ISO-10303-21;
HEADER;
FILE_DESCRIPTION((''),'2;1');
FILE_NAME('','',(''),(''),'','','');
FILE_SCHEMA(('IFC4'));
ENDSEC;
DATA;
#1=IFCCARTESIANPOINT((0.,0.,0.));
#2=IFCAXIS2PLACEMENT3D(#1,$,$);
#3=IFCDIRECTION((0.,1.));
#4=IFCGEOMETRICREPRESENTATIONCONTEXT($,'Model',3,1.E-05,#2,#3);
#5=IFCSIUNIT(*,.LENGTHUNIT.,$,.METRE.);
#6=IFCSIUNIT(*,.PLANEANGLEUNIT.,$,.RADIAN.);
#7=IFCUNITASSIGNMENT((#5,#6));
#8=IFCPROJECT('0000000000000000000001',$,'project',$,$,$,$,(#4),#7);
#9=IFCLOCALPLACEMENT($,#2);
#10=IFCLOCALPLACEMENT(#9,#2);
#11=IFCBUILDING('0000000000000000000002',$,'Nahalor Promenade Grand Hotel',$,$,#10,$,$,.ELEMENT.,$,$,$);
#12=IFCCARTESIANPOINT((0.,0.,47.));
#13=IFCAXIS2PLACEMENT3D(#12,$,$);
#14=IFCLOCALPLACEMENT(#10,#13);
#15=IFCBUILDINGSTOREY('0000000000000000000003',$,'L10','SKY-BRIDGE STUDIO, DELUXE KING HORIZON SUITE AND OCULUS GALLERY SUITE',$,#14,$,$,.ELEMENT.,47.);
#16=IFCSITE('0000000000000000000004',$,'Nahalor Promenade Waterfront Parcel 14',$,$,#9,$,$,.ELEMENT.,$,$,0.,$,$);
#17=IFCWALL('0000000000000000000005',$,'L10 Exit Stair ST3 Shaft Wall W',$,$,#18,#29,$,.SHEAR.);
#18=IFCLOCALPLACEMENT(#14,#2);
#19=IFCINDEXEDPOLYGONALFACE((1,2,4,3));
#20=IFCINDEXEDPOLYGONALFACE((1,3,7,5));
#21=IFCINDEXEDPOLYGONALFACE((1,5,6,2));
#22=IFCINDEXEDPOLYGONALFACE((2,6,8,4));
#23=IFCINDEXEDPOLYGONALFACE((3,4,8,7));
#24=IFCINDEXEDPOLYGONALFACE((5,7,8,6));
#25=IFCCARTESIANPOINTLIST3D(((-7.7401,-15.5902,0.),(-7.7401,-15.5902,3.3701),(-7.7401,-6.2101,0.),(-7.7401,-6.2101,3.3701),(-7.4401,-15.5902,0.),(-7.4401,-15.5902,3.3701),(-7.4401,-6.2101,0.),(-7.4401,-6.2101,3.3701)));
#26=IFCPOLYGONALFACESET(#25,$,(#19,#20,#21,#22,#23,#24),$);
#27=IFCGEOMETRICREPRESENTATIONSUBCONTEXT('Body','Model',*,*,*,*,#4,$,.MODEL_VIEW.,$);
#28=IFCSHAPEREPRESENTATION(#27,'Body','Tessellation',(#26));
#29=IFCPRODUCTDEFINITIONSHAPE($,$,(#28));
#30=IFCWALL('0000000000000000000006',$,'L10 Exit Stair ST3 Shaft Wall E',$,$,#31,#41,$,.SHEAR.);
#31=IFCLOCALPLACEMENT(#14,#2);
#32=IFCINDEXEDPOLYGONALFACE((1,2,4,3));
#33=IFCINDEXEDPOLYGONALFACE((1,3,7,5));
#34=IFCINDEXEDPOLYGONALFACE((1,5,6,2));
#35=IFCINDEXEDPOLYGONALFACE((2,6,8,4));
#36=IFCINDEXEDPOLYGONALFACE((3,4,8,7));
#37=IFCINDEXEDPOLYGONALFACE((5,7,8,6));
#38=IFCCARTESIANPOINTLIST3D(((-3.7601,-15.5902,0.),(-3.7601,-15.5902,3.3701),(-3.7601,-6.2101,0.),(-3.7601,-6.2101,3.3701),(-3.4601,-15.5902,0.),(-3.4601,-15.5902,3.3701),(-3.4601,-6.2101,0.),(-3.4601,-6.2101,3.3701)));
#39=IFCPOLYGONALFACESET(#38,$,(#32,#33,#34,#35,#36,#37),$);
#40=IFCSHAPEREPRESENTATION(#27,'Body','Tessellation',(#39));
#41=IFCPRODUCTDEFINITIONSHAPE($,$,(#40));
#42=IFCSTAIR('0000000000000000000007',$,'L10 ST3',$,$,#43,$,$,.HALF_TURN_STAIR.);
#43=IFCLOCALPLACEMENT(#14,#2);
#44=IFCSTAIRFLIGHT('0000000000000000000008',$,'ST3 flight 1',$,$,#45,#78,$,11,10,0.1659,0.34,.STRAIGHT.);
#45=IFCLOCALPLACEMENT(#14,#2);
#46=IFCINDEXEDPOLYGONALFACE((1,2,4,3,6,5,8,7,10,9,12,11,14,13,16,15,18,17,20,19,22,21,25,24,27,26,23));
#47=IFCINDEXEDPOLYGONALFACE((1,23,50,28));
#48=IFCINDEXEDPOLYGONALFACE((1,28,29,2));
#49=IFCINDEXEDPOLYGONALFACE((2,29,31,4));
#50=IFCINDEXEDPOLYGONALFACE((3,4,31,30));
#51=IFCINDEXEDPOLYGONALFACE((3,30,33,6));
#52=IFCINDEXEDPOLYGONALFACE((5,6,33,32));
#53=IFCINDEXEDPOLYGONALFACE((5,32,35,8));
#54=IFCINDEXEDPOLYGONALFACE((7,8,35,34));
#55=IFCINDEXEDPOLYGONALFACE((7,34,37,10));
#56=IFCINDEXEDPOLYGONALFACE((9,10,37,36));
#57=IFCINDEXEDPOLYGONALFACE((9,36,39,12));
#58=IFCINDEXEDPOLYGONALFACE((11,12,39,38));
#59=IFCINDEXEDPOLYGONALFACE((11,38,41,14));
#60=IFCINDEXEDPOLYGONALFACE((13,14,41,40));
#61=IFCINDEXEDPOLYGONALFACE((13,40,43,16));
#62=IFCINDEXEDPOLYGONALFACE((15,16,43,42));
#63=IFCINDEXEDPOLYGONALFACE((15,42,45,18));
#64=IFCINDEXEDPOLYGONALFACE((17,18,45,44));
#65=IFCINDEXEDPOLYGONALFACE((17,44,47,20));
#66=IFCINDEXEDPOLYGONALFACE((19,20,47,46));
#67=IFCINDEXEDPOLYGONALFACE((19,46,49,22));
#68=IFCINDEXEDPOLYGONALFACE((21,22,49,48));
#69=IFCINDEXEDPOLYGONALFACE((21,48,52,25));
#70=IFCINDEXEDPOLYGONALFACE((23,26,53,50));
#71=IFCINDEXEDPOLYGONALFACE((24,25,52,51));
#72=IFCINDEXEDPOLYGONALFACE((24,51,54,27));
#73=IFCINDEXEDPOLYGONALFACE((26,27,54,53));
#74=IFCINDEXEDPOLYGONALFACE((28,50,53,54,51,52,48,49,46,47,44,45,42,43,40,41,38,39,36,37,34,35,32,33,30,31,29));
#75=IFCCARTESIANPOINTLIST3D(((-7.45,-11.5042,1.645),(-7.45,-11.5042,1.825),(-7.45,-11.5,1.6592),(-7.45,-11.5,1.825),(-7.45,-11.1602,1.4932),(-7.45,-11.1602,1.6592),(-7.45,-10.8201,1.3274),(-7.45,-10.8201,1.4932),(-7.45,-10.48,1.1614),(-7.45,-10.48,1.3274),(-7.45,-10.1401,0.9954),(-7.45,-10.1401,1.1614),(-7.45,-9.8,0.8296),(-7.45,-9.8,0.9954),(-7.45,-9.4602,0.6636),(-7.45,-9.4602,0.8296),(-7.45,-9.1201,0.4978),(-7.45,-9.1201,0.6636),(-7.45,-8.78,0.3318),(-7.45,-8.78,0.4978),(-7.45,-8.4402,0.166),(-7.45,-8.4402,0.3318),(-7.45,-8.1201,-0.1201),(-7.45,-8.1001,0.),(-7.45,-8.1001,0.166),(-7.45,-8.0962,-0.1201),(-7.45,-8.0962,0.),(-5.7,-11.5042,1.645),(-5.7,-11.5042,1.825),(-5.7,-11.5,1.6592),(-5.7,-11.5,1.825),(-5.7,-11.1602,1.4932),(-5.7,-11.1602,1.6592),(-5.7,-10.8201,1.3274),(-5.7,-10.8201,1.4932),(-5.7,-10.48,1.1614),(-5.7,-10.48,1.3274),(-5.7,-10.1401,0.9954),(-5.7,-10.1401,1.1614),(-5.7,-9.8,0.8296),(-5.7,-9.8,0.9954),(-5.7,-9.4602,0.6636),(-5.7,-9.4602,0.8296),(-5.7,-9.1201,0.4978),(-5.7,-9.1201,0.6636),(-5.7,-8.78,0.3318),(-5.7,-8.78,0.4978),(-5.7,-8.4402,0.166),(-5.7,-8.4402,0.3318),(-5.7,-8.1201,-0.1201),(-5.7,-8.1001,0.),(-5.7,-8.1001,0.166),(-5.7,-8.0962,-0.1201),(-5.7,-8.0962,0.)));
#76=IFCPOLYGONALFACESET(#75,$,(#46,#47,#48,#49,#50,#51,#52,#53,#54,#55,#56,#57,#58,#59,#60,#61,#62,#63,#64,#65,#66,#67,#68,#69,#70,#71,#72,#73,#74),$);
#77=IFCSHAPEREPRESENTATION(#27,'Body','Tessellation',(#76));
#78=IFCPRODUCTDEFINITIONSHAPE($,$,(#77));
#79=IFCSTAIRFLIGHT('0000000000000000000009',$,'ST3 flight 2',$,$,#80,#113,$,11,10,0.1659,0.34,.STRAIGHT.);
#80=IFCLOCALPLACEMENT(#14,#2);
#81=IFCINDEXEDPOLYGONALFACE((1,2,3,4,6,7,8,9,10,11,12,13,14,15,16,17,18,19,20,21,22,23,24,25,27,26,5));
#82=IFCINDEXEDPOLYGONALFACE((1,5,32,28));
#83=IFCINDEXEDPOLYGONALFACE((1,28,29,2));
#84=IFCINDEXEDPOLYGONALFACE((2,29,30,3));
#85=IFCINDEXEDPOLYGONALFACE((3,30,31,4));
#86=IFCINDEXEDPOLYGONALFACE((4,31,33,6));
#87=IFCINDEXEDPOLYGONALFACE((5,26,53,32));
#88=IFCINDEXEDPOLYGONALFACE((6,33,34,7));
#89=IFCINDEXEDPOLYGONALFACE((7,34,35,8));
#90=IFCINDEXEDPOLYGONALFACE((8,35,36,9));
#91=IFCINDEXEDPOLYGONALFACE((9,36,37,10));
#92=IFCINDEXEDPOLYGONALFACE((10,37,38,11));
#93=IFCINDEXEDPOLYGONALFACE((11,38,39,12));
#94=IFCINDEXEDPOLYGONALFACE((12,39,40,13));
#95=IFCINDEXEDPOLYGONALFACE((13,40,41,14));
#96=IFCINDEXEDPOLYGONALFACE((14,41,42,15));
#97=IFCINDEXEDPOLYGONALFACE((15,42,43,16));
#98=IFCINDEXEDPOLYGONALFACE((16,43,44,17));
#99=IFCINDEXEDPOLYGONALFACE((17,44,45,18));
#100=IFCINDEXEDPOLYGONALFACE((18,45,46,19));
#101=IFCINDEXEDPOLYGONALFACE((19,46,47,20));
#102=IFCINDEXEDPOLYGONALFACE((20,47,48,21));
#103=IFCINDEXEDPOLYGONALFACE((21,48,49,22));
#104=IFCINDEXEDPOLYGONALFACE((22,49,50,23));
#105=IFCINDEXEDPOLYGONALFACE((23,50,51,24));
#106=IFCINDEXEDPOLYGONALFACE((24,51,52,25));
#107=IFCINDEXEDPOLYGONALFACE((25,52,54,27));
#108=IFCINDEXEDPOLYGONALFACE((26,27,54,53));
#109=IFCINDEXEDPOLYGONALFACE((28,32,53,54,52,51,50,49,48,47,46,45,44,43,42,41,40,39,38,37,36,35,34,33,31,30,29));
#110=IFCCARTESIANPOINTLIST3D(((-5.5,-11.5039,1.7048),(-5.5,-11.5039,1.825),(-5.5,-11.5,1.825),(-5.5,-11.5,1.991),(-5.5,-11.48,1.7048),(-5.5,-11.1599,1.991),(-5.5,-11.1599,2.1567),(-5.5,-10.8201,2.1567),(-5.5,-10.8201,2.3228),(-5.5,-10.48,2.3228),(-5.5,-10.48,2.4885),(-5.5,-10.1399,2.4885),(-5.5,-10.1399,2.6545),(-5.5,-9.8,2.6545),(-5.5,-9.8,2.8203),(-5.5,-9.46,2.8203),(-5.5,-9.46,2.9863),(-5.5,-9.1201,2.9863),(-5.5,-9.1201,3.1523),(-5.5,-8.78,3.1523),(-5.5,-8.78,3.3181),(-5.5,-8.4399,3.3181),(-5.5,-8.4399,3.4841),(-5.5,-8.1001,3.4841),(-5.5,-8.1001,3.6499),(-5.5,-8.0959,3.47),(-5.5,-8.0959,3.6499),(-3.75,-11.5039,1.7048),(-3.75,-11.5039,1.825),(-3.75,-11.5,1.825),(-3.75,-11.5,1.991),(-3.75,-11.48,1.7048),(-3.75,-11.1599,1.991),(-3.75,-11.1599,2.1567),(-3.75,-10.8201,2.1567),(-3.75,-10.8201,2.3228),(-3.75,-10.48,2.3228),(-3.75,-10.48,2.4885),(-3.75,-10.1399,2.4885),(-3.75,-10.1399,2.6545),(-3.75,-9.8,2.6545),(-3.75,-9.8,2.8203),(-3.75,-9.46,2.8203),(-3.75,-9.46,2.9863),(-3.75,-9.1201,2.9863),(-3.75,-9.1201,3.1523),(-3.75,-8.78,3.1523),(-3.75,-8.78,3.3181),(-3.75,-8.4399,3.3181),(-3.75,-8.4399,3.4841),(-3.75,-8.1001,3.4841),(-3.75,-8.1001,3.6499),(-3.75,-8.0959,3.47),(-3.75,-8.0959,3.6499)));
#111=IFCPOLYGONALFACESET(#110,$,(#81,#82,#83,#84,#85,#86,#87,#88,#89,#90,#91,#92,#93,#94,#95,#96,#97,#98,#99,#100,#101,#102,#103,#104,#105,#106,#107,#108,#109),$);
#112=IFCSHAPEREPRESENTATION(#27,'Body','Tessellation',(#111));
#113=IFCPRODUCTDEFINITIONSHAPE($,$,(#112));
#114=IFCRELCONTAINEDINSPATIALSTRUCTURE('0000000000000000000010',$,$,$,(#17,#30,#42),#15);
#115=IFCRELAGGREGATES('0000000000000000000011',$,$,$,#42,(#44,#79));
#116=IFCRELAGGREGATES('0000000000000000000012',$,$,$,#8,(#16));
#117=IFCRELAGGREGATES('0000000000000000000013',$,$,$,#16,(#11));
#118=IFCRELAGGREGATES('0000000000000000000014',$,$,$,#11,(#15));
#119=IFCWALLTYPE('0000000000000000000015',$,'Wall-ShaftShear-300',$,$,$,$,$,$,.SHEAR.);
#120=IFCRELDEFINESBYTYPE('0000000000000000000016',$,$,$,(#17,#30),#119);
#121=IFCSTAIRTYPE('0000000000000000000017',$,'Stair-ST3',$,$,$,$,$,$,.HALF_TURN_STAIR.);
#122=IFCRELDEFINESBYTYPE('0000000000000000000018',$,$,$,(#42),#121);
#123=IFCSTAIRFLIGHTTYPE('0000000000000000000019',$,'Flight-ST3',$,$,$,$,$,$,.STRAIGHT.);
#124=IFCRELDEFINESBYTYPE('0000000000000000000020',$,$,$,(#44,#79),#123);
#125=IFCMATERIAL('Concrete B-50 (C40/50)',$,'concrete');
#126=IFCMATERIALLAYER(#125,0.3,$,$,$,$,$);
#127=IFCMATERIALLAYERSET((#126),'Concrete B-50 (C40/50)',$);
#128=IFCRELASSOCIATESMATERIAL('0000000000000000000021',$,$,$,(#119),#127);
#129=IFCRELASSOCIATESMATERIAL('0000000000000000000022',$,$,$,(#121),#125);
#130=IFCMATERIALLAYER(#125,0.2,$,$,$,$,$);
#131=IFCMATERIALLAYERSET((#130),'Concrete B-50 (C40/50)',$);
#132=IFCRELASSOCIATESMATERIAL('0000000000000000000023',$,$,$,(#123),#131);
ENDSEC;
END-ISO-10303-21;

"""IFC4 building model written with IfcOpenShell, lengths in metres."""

from ifc_helpers import new_model, si_unit, direction, frame, frame_2d, origin, place, context, subcontext, project, spatial, polyline, rectangle, outline, extrude, source, transform, mapped, material, layer, layer_set, type_object, element, aggregate, save


model = new_model("IFC4")

# Units and contexts
model_context = context("Model", 3, precision=1e-05, world=origin(), true_north=direction((0.0, 1.0)))
body_context = subcontext(model_context, "Body", "Model", "MODEL_VIEW")
ifc_project = project(units=[si_unit("LENGTHUNIT", "METRE"), si_unit("PLANEANGLEUNIT", "RADIAN")], contexts=[model_context])

# Site, building, storey
site_placement = place(None, origin())
site = spatial("IfcSite", under=ifc_project, at=site_placement, Name="Nahalor Promenade Waterfront Parcel 14", CompositionType="ELEMENT", RefElevation=0.0)
building_placement = place(site_placement, origin())
building = spatial("IfcBuilding", under=site, at=building_placement, Name="Nahalor Promenade Grand Hotel", CompositionType="ELEMENT")
storey_placement = place(building_placement, frame((0.0, 0.0, 47.0)))
storey = spatial("IfcBuildingStorey", under=building, at=storey_placement, Name="L10", Description="SKY-BRIDGE STUDIO, DELUXE KING HORIZON SUITE AND OCULUS GALLERY SUITE", CompositionType="ELEMENT", Elevation=47.0)

# Shared definitions
ifc_material_1 = material(Name="Concrete B-50 (C40/50)", Category="concrete")

# Shared definitions
ifc_layer_1 = layer(ifc_material_1, 0.3)
ifc_layer_set_1 = layer_set([ifc_layer_1], Name="Concrete B-50 (C40/50)")
wall_type_1 = type_object("IfcWallType", Name="Wall-ShaftShear-300", PredefinedType="SHEAR", material=ifc_layer_set_1)

# Walls
shared_shape_1 = source(origin(), body_context, "Body", "SweptSolid", [
    extrude(rectangle(XDim=9.3801, YDim=0.3, at=frame_2d((4.6899, 0.0))), origin(), (0.0, 0.0, 1.0), 3.3701),
])
for number, where, z_axis, x_axis, name in (
    (1, (-7.5901, -15.5901, 0.0), (0.0, 0.0, 1.0), (0.0, 1.0, 0.0), "L10 Exit Stair ST3 Shaft Wall W"),
    (2, (-3.6101, -15.5901, 0.0), (0.0, 0.0, 1.0), (0.0, 1.0, 0.0), "L10 Exit Stair ST3 Shaft Wall E"),
):
    element("IfcWall", number, at=place(storey_placement, frame(where, z_axis=z_axis, x_axis=x_axis)), inside=storey, type_object=wall_type_1, Name=name, PredefinedType="SHEAR", context=body_context, shape_type="MappedRepresentation", body=[
        mapped(shared_shape_1, transform((0.0, 0.0, 0.0), scale=1.0)),
    ])

# Stair, stair flights
stair_type = type_object("IfcStairType", Name="Stair-ST3", PredefinedType="HALF_TURN_STAIR", material=ifc_material_1)
stair_placement = place(storey_placement, origin())
stair = element("IfcStair", 3, at=stair_placement, inside=storey, type_object=stair_type, Name="L10 ST3", PredefinedType="HALF_TURN_STAIR")
ifc_layer_2 = layer(ifc_material_1, 0.2)
ifc_layer_set_2 = layer_set([ifc_layer_2], Name="Concrete B-50 (C40/50)")
stair_flight_type = type_object("IfcStairFlightType", Name="Flight-ST3", PredefinedType="STRAIGHT", material=ifc_layer_set_2)
shared_shape_2 = source(origin(), body_context, "Body", "SweptSolid", [
    extrude(outline(polyline([(-0.0039, -0.1201), (-0.0039, 0.0), (0.0, 0.0), (0.0, 0.166), (0.3401, 0.166), (0.3401, 0.3318), (0.6799, 0.3318), (0.6799, 0.4978), (1.02, 0.4978), (1.02, 0.6636), (1.3601, 0.6636), (1.3601, 0.8296), (1.7, 0.8296), (1.7, 0.9954), (2.04, 0.9954), (2.04, 1.1614), (2.3799, 1.1614), (2.3799, 1.3274), (2.72, 1.3274), (2.72, 1.4932), (3.0601, 1.4932), (3.0601, 1.6592), (3.3999, 1.6592), (3.3999, 1.825), (3.4041, 1.825), (3.4041, 1.645), (0.02, -0.1201), (-0.0039, -0.1201)])), frame((0.0, 0.875, 0.0), z_axis=(0.0, -1.0, 0.0), x_axis=(1.0, 0.0, 0.0)), (0.0, 0.0, 1.0), 1.75),
])
stair_flight_1_placement = place(storey_placement, frame((-6.575, -8.1001, 0.0), z_axis=(0.0, 0.0, 1.0), x_axis=(0.0, -1.0, 0.0)))
stair_flight_1 = element("IfcStairFlight", 4, at=stair_flight_1_placement, type_object=stair_flight_type, Name="ST3 flight 1", NumberOfRisers=11, NumberOfTreads=10, PredefinedType="STRAIGHT", RiserHeight=0.1659, TreadLength=0.34, context=body_context, shape_type="MappedRepresentation", body=[
    mapped(shared_shape_2, transform((0.0, 0.0, 0.0), scale=1.0)),
])
stair_flight_2_placement = place(storey_placement, frame((-4.625, -11.5, 1.825), z_axis=(0.0, 0.0, 1.0), x_axis=(0.0, 1.0, 0.0)))
stair_flight_2 = element("IfcStairFlight", 5, at=stair_flight_2_placement, type_object=stair_flight_type, Name="ST3 flight 2", NumberOfRisers=11, NumberOfTreads=10, PredefinedType="STRAIGHT", RiserHeight=0.1659, TreadLength=0.34, context=body_context, shape_type="MappedRepresentation", body=[
    mapped(shared_shape_2, transform((0.0, 0.0, 0.0), scale=1.0)),
])
aggregate(stair, [stair_flight_1, stair_flight_2])

save(model, "model.ifc")
